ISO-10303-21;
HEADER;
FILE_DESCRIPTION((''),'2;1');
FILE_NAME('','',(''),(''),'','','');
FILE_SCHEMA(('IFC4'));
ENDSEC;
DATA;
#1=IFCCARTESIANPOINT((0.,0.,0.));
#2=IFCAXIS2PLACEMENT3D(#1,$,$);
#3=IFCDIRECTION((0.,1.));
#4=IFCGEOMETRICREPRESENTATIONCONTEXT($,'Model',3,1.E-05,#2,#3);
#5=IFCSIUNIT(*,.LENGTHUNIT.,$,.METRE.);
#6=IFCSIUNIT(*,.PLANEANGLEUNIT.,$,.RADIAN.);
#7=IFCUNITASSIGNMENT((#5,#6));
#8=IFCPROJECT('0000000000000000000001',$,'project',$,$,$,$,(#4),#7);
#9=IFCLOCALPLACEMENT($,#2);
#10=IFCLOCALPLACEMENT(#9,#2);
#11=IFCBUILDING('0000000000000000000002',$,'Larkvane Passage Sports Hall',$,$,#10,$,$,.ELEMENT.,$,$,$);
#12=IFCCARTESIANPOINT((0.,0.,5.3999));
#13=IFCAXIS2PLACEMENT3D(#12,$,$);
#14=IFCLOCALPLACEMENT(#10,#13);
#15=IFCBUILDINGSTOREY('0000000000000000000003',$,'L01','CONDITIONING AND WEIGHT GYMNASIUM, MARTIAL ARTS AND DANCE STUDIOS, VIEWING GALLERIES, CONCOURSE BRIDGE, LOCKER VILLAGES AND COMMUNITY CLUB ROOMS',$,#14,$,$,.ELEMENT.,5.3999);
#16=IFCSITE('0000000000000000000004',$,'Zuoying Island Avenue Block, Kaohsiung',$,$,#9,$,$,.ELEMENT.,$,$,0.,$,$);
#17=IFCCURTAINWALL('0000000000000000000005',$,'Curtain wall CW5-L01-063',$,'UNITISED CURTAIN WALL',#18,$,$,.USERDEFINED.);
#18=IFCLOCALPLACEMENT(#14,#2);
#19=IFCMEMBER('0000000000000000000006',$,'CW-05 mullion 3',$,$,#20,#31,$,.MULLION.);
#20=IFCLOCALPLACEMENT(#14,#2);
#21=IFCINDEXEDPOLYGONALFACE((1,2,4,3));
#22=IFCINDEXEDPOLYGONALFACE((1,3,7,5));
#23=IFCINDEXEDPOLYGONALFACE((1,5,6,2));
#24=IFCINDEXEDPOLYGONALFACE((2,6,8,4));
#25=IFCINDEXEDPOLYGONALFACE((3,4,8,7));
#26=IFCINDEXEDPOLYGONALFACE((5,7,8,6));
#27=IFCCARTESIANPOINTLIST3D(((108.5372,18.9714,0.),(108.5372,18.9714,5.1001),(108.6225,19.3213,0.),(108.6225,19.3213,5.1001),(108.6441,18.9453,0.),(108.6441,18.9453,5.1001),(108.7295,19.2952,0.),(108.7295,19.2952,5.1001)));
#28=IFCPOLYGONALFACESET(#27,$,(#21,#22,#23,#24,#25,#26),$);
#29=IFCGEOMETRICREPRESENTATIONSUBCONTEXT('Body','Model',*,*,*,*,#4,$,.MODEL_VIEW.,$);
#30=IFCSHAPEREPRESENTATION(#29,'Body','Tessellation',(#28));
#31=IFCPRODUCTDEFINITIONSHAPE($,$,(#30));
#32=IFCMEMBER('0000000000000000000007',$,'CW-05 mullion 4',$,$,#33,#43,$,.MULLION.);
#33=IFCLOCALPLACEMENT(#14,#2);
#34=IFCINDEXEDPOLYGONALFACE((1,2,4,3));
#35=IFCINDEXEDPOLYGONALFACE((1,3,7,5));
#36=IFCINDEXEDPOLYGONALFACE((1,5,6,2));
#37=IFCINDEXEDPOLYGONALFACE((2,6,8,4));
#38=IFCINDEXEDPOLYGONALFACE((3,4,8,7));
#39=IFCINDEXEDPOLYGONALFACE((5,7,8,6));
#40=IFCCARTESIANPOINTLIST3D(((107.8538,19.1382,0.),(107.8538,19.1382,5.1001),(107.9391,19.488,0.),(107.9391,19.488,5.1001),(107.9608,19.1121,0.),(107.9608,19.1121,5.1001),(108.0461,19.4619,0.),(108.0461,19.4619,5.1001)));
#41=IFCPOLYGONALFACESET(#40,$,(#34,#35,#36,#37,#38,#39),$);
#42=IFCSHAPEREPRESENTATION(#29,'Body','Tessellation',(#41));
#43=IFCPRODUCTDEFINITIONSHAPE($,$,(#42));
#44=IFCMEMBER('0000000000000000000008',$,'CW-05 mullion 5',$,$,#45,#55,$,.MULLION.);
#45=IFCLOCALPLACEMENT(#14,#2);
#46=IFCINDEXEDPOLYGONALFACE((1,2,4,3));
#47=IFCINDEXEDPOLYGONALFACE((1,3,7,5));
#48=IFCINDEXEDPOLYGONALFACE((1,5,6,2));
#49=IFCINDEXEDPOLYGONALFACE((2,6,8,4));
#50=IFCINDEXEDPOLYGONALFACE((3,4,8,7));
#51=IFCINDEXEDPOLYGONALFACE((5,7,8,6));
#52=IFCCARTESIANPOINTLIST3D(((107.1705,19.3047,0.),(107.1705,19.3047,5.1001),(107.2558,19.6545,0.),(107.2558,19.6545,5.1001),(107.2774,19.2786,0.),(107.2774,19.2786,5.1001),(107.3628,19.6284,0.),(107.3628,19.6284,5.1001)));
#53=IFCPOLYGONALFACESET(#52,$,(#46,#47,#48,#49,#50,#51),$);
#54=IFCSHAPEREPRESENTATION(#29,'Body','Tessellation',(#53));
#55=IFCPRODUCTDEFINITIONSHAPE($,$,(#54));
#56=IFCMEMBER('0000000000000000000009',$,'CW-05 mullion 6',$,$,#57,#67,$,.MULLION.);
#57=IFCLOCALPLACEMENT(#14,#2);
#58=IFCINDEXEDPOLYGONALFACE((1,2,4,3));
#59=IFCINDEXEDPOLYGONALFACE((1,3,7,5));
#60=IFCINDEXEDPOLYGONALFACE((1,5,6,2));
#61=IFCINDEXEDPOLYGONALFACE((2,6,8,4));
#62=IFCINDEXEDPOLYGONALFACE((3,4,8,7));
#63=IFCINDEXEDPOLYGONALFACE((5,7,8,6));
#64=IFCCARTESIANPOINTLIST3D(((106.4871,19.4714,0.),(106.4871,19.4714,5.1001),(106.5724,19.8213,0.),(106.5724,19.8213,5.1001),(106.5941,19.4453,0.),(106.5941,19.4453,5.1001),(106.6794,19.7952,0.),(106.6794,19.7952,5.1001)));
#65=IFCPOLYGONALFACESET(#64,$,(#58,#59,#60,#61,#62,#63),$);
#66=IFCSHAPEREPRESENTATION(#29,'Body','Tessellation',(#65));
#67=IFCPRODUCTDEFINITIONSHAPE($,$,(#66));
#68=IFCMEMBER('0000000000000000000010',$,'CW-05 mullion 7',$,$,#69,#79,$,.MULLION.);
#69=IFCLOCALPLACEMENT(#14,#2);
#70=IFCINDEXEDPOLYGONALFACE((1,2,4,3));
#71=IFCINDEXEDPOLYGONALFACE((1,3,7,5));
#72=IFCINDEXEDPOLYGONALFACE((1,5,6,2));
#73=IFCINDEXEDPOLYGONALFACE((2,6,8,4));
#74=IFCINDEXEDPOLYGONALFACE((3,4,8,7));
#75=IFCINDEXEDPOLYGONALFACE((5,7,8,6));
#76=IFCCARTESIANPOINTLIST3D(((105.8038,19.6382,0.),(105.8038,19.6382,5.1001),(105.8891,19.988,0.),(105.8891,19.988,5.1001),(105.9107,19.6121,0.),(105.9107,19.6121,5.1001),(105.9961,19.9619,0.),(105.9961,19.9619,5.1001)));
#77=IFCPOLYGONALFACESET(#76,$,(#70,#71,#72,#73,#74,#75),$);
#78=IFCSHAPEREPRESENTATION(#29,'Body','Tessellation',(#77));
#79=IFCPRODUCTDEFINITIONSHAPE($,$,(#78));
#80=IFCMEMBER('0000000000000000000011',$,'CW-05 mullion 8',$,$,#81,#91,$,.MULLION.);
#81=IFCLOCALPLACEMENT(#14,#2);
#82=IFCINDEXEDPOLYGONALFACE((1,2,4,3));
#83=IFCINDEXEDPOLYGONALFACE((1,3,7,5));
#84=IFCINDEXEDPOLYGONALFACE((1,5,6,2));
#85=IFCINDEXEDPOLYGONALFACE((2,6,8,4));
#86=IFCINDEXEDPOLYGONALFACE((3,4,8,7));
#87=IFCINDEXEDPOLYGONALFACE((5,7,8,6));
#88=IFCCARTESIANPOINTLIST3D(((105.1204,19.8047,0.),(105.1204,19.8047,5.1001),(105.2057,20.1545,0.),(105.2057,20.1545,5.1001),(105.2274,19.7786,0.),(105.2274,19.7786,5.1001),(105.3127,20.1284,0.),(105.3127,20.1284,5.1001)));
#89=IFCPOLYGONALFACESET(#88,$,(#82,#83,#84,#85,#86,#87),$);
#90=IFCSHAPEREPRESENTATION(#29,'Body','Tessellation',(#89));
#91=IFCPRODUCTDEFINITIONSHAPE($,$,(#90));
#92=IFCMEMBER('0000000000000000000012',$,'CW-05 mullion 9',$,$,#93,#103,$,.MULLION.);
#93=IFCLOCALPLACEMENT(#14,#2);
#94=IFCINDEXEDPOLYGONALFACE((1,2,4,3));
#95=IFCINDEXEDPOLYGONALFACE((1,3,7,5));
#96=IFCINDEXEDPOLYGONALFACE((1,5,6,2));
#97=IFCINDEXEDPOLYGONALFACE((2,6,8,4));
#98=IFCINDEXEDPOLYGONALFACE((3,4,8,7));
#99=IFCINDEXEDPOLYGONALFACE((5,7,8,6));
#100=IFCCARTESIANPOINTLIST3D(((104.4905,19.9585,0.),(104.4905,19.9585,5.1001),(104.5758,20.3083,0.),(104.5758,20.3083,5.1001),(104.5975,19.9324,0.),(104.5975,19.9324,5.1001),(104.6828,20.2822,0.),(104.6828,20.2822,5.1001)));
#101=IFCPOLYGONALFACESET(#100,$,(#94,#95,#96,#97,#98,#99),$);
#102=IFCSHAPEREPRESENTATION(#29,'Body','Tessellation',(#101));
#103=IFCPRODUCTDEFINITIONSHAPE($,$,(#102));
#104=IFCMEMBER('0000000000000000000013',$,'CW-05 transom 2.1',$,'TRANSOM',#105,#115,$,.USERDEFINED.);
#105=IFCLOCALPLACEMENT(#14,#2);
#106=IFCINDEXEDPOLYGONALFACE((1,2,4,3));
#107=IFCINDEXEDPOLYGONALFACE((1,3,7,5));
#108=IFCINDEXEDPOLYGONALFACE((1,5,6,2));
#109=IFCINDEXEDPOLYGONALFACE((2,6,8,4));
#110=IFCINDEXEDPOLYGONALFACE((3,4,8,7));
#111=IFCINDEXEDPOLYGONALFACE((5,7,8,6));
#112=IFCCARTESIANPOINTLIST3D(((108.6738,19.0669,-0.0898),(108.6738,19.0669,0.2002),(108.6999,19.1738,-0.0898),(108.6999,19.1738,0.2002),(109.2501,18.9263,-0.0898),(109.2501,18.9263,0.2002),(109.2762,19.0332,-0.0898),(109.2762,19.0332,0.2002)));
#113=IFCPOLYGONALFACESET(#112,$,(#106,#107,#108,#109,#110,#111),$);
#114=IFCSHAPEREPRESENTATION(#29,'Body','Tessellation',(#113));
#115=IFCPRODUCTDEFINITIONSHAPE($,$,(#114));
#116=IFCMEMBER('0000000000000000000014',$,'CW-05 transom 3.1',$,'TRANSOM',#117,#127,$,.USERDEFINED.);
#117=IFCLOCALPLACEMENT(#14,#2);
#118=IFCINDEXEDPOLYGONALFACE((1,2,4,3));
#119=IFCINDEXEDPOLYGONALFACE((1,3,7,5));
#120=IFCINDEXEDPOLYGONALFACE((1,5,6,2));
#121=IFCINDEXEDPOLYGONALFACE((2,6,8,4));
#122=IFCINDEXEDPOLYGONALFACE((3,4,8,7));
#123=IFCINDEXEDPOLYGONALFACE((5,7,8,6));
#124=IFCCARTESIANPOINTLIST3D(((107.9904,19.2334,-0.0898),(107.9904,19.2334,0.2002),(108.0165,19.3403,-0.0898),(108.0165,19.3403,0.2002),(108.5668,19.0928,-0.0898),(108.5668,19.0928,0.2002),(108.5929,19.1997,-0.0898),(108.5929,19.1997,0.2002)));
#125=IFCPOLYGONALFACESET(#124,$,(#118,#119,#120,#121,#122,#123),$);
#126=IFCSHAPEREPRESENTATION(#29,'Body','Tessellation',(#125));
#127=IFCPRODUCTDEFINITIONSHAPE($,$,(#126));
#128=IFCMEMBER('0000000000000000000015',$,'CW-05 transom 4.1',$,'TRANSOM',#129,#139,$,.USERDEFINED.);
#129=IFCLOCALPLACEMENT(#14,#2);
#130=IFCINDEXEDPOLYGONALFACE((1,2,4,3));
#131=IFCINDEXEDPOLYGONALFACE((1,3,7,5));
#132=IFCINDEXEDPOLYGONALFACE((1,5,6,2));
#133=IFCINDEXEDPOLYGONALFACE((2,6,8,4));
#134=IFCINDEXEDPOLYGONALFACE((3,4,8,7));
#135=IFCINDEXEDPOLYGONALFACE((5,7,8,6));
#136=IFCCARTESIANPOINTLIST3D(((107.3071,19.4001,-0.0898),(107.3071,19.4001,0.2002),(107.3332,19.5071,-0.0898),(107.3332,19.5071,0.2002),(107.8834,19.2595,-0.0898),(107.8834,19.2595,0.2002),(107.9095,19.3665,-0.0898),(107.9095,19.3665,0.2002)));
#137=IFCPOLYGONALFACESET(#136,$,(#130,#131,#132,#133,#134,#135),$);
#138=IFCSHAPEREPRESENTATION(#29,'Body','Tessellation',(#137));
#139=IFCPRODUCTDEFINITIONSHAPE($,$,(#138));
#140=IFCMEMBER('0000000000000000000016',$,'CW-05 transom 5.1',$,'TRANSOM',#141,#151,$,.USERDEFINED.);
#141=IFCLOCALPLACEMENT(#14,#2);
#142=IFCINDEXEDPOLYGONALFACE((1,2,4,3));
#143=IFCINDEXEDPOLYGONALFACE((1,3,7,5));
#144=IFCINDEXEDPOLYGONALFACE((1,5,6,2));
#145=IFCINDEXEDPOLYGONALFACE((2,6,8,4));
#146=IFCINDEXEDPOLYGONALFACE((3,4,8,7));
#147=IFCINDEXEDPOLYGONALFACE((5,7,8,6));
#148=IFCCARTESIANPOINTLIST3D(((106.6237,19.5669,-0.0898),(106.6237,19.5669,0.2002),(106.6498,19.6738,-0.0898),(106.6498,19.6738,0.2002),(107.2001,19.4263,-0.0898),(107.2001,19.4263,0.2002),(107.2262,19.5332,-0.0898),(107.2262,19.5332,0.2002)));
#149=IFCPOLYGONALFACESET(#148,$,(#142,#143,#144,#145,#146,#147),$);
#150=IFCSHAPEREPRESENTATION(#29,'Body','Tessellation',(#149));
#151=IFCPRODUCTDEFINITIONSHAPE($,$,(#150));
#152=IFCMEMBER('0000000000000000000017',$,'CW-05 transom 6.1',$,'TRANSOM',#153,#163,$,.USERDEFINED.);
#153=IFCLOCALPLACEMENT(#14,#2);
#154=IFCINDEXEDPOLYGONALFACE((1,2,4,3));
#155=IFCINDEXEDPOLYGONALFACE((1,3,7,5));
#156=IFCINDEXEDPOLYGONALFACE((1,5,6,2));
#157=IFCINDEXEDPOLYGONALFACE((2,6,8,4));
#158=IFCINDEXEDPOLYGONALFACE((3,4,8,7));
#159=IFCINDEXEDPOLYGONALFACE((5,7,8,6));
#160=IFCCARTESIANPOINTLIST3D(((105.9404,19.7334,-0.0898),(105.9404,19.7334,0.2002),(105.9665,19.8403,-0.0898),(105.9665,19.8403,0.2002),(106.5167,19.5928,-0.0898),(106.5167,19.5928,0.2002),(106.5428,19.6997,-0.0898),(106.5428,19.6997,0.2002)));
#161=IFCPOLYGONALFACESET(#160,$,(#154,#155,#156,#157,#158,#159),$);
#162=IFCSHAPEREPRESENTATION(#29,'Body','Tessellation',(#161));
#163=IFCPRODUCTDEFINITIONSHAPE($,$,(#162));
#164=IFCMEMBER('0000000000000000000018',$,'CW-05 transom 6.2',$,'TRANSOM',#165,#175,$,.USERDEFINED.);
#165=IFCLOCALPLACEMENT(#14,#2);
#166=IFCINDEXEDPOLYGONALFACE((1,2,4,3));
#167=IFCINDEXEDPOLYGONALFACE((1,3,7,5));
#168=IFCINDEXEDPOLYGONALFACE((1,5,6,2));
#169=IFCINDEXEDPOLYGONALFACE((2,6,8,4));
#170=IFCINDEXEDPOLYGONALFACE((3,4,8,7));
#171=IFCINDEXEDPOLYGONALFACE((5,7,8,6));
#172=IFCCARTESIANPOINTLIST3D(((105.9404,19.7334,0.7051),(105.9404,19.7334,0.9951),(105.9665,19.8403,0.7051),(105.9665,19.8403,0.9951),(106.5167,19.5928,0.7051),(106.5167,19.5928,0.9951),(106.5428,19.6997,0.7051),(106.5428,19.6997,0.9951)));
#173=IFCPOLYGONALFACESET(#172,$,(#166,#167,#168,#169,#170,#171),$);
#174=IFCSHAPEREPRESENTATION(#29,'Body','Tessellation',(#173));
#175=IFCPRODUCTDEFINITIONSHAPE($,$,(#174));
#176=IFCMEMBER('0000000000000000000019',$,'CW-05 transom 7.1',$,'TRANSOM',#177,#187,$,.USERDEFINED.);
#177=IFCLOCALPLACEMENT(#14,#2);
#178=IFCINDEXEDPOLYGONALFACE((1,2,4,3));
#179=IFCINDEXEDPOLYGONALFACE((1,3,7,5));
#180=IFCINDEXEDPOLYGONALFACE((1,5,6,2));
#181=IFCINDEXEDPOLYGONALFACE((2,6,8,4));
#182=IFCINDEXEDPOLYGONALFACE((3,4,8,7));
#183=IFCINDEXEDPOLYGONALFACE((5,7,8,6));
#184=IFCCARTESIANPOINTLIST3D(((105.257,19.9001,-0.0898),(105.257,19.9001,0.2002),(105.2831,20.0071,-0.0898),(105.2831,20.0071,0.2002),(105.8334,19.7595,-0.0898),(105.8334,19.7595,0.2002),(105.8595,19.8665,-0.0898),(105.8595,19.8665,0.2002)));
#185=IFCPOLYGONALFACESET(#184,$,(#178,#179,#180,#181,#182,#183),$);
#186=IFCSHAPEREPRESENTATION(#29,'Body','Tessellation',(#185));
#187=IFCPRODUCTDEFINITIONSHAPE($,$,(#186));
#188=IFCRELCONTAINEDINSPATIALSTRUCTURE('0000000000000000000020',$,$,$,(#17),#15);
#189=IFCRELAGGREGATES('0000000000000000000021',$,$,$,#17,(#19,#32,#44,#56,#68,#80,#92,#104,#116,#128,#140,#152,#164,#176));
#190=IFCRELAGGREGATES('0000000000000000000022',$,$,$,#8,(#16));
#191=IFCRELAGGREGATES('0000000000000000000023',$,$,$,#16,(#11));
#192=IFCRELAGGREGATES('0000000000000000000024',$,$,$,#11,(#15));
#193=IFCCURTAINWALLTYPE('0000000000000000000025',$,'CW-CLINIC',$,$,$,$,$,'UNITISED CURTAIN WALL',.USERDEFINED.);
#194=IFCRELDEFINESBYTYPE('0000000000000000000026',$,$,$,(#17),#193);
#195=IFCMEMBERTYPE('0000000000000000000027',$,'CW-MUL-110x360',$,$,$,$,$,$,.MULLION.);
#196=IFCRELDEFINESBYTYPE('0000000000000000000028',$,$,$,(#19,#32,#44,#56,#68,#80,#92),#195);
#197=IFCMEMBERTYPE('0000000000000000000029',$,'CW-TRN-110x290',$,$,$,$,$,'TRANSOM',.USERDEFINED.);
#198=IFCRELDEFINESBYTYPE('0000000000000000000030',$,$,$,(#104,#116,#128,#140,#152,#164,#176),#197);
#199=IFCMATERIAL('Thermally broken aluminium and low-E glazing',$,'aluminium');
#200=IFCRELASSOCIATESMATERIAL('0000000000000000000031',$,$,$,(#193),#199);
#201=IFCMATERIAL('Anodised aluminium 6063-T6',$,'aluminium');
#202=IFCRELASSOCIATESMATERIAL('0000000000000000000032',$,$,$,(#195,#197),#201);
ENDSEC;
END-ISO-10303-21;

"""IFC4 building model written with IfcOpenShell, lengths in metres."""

from ifc_helpers import new_model, si_unit, direction, frame, origin, origin_2d, place, context, subcontext, project, spatial, rectangle, extrude, material, material_profile, profile_set, type_object, element, aggregate, save


model = new_model("IFC4")

# Units and contexts
model_context = context("Model", 3, precision=1e-05, world=origin(), true_north=direction((0.0, 1.0)))
body_context = subcontext(model_context, "Body", "Model", "MODEL_VIEW")
ifc_project = project(units=[si_unit("LENGTHUNIT", "METRE"), si_unit("PLANEANGLEUNIT", "RADIAN")], contexts=[model_context])

# Site, building, storey
site_placement = place(None, origin())
site = spatial("IfcSite", under=ifc_project, at=site_placement, Name="Zuoying Island Avenue Block, Kaohsiung", CompositionType="ELEMENT", RefElevation=0.0)
building_placement = place(site_placement, origin())
building = spatial("IfcBuilding", under=site, at=building_placement, Name="Larkvane Passage Sports Hall", CompositionType="ELEMENT")
storey_placement = place(building_placement, frame((0.0, 0.0, 5.3999)))
storey = spatial("IfcBuildingStorey", under=building, at=storey_placement, Name="L01", Description="CONDITIONING AND WEIGHT GYMNASIUM, MARTIAL ARTS AND DANCE STUDIOS, VIEWING GALLERIES, CONCOURSE BRIDGE, LOCKER VILLAGES AND COMMUNITY CLUB ROOMS", CompositionType="ELEMENT", Elevation=5.3999)

# Curtain wall, members
ifc_material_1 = material(Name="Thermally broken aluminium and low-E glazing", Category="aluminium")
curtain_wall_type = type_object("IfcCurtainWallType", Name="CW-CLINIC", ElementType="UNITISED CURTAIN WALL", PredefinedType="USERDEFINED", material=ifc_material_1)
curtain_wall_placement = place(storey_placement, origin())
curtain_wall = element("IfcCurtainWall", 1, at=curtain_wall_placement, inside=storey, type_object=curtain_wall_type, Name="Curtain wall CW5-L01-063", ObjectType="UNITISED CURTAIN WALL", PredefinedType="USERDEFINED")
ifc_material_2 = material(Name="Anodised aluminium 6063-T6", Category="aluminium")
ifc_material_profile_1 = material_profile(ifc_material_2, rectangle(XDim=0.1101, YDim=0.3601, at=origin_2d()), Name="ALU-MUL-110x360")
ifc_profile_set_1 = profile_set([ifc_material_profile_1], Name="Anodised aluminium 6063-T6")
member_type_1 = type_object("IfcMemberType", Name="CW-MUL-110x360", PredefinedType="MULLION", material=ifc_profile_set_1)
member_1_placement = place(storey_placement, frame((108.6333, 19.1333, 0.0), z_axis=(0.0, 0.0, 1.0), x_axis=(-0.971522, 0.236949, 0.0)))
member_1 = element("IfcMember", 2, at=member_1_placement, type_object=member_type_1, Name="CW-05 mullion 3", PredefinedType="MULLION", context=body_context, shape_type="SweptSolid", body=[
    extrude(rectangle(XDim=0.1101, YDim=0.3601, at=origin_2d()), origin(), (0.0, 0.0, 1.0), 5.1001),
])
member_2_placement = place(storey_placement, frame((107.95, 19.3, 0.0), z_axis=(0.0, 0.0, 1.0), x_axis=(-0.971522, 0.236949, 0.0)))
member_2 = element("IfcMember", 3, at=member_2_placement, type_object=member_type_1, Name="CW-05 mullion 4", PredefinedType="MULLION", context=body_context, shape_type="SweptSolid", body=[
    extrude(rectangle(XDim=0.1101, YDim=0.3601, at=origin_2d()), origin(), (0.0, 0.0, 1.0), 5.1001),
])
member_3_placement = place(storey_placement, frame((107.2666, 19.4666, 0.0), z_axis=(0.0, 0.0, 1.0), x_axis=(-0.971522, 0.236949, 0.0)))
member_3 = element("IfcMember", 4, at=member_3_placement, type_object=member_type_1, Name="CW-05 mullion 5", PredefinedType="MULLION", context=body_context, shape_type="SweptSolid", body=[
    extrude(rectangle(XDim=0.1101, YDim=0.3601, at=origin_2d()), origin(), (0.0, 0.0, 1.0), 5.1001),
])
member_4_placement = place(storey_placement, frame((106.5833, 19.6333, 0.0), z_axis=(0.0, 0.0, 1.0), x_axis=(-0.971522, 0.236949, 0.0)))
member_4 = element("IfcMember", 5, at=member_4_placement, type_object=member_type_1, Name="CW-05 mullion 6", PredefinedType="MULLION", context=body_context, shape_type="SweptSolid", body=[
    extrude(rectangle(XDim=0.1101, YDim=0.3601, at=origin_2d()), origin(), (0.0, 0.0, 1.0), 5.1001),
])
member_5_placement = place(storey_placement, frame((105.8999, 19.8, 0.0), z_axis=(0.0, 0.0, 1.0), x_axis=(-0.971522, 0.236949, 0.0)))
member_5 = element("IfcMember", 6, at=member_5_placement, type_object=member_type_1, Name="CW-05 mullion 7", PredefinedType="MULLION", context=body_context, shape_type="SweptSolid", body=[
    extrude(rectangle(XDim=0.1101, YDim=0.3601, at=origin_2d()), origin(), (0.0, 0.0, 1.0), 5.1001),
])
member_6_placement = place(storey_placement, frame((105.2166, 19.9666, 0.0), z_axis=(0.0, 0.0, 1.0), x_axis=(-0.971522, 0.236949, 0.0)))
member_6 = element("IfcMember", 7, at=member_6_placement, type_object=member_type_1, Name="CW-05 mullion 8", PredefinedType="MULLION", context=body_context, shape_type="SweptSolid", body=[
    extrude(rectangle(XDim=0.1101, YDim=0.3601, at=origin_2d()), origin(), (0.0, 0.0, 1.0), 5.1001),
])
member_7_placement = place(storey_placement, frame((104.5867, 20.1204, 0.0), z_axis=(0.0, 0.0, 1.0), x_axis=(-0.971522, 0.236949, 0.0)))
member_7 = element("IfcMember", 8, at=member_7_placement, type_object=member_type_1, Name="CW-05 mullion 9", PredefinedType="MULLION", context=body_context, shape_type="SweptSolid", body=[
    extrude(rectangle(XDim=0.1101, YDim=0.3601, at=origin_2d()), origin(), (0.0, 0.0, 1.0), 5.1001),
])
ifc_material_profile_2 = material_profile(ifc_material_2, rectangle(XDim=0.1101, YDim=0.29, at=origin_2d()), Name="ALU-TRN-110x290")
ifc_profile_set_2 = profile_set([ifc_material_profile_2], Name="Anodised aluminium 6063-T6")
member_type_2 = type_object("IfcMemberType", Name="CW-TRN-110x290", ElementType="TRANSOM", PredefinedType="USERDEFINED", material=ifc_profile_set_2)
member_8_placement = place(storey_placement, frame((109.2632, 18.9797, 0.0552), z_axis=(-0.971506, 0.237013, 0.0), x_axis=(-0.237013, -0.971506, 0.0)))
member_8 = element("IfcMember", 9, at=member_8_placement, type_object=member_type_2, Name="CW-05 transom 2.1", ObjectType="TRANSOM", PredefinedType="USERDEFINED", context=body_context, shape_type="SweptSolid", body=[
    extrude(rectangle(XDim=0.1101, YDim=0.29, at=origin_2d()), origin(), (0.0, 0.0, 1.0), 0.5933),
])
member_9_placement = place(storey_placement, frame((108.5798, 19.1462, 0.0552), z_axis=(-0.971506, 0.237013, 0.0), x_axis=(-0.237013, -0.971506, 0.0)))
member_9 = element("IfcMember", 10, at=member_9_placement, type_object=member_type_2, Name="CW-05 transom 3.1", ObjectType="TRANSOM", PredefinedType="USERDEFINED", context=body_context, shape_type="SweptSolid", body=[
    extrude(rectangle(XDim=0.1101, YDim=0.29, at=origin_2d()), origin(), (0.0, 0.0, 1.0), 0.5933),
])
member_10_placement = place(storey_placement, frame((107.8965, 19.313, 0.0552), z_axis=(-0.971506, 0.237013, 0.0), x_axis=(-0.237013, -0.971506, 0.0)))
member_10 = element("IfcMember", 11, at=member_10_placement, type_object=member_type_2, Name="CW-05 transom 4.1", ObjectType="TRANSOM", PredefinedType="USERDEFINED", context=body_context, shape_type="SweptSolid", body=[
    extrude(rectangle(XDim=0.1101, YDim=0.29, at=origin_2d()), origin(), (0.0, 0.0, 1.0), 0.5933),
])
member_11_placement = place(storey_placement, frame((107.2131, 19.4797, 0.0552), z_axis=(-0.971506, 0.237013, 0.0), x_axis=(-0.237013, -0.971506, 0.0)))
member_11 = element("IfcMember", 12, at=member_11_placement, type_object=member_type_2, Name="CW-05 transom 5.1", ObjectType="TRANSOM", PredefinedType="USERDEFINED", context=body_context, shape_type="SweptSolid", body=[
    extrude(rectangle(XDim=0.1101, YDim=0.29, at=origin_2d()), origin(), (0.0, 0.0, 1.0), 0.5933),
])
member_12_placement = place(storey_placement, frame((106.5298, 19.6462, 0.0552), z_axis=(-0.971506, 0.237013, 0.0), x_axis=(-0.237013, -0.971506, 0.0)))
member_12 = element("IfcMember", 13, at=member_12_placement, type_object=member_type_2, Name="CW-05 transom 6.1", ObjectType="TRANSOM", PredefinedType="USERDEFINED", context=body_context, shape_type="SweptSolid", body=[
    extrude(rectangle(XDim=0.1101, YDim=0.29, at=origin_2d()), origin(), (0.0, 0.0, 1.0), 0.5933),
])
member_13_placement = place(storey_placement, frame((106.5298, 19.6462, 0.8501), z_axis=(-0.971506, 0.237013, 0.0), x_axis=(-0.237013, -0.971506, 0.0)))
member_13 = element("IfcMember", 14, at=member_13_placement, type_object=member_type_2, Name="CW-05 transom 6.2", ObjectType="TRANSOM", PredefinedType="USERDEFINED", context=body_context, shape_type="SweptSolid", body=[
    extrude(rectangle(XDim=0.1101, YDim=0.29, at=origin_2d()), origin(), (0.0, 0.0, 1.0), 0.5933),
])
member_14_placement = place(storey_placement, frame((105.8464, 19.813, 0.0552), z_axis=(-0.971506, 0.237013, 0.0), x_axis=(-0.237013, -0.971506, 0.0)))
member_14 = element("IfcMember", 15, at=member_14_placement, type_object=member_type_2, Name="CW-05 transom 7.1", ObjectType="TRANSOM", PredefinedType="USERDEFINED", context=body_context, shape_type="SweptSolid", body=[
    extrude(rectangle(XDim=0.1101, YDim=0.29, at=origin_2d()), origin(), (0.0, 0.0, 1.0), 0.5933),
])
aggregate(curtain_wall, [member_1, member_2, member_3, member_4, member_5, member_6, member_7, member_8, member_9, member_10, member_11, member_12, member_13, member_14])

save(model, "model.ifc")
